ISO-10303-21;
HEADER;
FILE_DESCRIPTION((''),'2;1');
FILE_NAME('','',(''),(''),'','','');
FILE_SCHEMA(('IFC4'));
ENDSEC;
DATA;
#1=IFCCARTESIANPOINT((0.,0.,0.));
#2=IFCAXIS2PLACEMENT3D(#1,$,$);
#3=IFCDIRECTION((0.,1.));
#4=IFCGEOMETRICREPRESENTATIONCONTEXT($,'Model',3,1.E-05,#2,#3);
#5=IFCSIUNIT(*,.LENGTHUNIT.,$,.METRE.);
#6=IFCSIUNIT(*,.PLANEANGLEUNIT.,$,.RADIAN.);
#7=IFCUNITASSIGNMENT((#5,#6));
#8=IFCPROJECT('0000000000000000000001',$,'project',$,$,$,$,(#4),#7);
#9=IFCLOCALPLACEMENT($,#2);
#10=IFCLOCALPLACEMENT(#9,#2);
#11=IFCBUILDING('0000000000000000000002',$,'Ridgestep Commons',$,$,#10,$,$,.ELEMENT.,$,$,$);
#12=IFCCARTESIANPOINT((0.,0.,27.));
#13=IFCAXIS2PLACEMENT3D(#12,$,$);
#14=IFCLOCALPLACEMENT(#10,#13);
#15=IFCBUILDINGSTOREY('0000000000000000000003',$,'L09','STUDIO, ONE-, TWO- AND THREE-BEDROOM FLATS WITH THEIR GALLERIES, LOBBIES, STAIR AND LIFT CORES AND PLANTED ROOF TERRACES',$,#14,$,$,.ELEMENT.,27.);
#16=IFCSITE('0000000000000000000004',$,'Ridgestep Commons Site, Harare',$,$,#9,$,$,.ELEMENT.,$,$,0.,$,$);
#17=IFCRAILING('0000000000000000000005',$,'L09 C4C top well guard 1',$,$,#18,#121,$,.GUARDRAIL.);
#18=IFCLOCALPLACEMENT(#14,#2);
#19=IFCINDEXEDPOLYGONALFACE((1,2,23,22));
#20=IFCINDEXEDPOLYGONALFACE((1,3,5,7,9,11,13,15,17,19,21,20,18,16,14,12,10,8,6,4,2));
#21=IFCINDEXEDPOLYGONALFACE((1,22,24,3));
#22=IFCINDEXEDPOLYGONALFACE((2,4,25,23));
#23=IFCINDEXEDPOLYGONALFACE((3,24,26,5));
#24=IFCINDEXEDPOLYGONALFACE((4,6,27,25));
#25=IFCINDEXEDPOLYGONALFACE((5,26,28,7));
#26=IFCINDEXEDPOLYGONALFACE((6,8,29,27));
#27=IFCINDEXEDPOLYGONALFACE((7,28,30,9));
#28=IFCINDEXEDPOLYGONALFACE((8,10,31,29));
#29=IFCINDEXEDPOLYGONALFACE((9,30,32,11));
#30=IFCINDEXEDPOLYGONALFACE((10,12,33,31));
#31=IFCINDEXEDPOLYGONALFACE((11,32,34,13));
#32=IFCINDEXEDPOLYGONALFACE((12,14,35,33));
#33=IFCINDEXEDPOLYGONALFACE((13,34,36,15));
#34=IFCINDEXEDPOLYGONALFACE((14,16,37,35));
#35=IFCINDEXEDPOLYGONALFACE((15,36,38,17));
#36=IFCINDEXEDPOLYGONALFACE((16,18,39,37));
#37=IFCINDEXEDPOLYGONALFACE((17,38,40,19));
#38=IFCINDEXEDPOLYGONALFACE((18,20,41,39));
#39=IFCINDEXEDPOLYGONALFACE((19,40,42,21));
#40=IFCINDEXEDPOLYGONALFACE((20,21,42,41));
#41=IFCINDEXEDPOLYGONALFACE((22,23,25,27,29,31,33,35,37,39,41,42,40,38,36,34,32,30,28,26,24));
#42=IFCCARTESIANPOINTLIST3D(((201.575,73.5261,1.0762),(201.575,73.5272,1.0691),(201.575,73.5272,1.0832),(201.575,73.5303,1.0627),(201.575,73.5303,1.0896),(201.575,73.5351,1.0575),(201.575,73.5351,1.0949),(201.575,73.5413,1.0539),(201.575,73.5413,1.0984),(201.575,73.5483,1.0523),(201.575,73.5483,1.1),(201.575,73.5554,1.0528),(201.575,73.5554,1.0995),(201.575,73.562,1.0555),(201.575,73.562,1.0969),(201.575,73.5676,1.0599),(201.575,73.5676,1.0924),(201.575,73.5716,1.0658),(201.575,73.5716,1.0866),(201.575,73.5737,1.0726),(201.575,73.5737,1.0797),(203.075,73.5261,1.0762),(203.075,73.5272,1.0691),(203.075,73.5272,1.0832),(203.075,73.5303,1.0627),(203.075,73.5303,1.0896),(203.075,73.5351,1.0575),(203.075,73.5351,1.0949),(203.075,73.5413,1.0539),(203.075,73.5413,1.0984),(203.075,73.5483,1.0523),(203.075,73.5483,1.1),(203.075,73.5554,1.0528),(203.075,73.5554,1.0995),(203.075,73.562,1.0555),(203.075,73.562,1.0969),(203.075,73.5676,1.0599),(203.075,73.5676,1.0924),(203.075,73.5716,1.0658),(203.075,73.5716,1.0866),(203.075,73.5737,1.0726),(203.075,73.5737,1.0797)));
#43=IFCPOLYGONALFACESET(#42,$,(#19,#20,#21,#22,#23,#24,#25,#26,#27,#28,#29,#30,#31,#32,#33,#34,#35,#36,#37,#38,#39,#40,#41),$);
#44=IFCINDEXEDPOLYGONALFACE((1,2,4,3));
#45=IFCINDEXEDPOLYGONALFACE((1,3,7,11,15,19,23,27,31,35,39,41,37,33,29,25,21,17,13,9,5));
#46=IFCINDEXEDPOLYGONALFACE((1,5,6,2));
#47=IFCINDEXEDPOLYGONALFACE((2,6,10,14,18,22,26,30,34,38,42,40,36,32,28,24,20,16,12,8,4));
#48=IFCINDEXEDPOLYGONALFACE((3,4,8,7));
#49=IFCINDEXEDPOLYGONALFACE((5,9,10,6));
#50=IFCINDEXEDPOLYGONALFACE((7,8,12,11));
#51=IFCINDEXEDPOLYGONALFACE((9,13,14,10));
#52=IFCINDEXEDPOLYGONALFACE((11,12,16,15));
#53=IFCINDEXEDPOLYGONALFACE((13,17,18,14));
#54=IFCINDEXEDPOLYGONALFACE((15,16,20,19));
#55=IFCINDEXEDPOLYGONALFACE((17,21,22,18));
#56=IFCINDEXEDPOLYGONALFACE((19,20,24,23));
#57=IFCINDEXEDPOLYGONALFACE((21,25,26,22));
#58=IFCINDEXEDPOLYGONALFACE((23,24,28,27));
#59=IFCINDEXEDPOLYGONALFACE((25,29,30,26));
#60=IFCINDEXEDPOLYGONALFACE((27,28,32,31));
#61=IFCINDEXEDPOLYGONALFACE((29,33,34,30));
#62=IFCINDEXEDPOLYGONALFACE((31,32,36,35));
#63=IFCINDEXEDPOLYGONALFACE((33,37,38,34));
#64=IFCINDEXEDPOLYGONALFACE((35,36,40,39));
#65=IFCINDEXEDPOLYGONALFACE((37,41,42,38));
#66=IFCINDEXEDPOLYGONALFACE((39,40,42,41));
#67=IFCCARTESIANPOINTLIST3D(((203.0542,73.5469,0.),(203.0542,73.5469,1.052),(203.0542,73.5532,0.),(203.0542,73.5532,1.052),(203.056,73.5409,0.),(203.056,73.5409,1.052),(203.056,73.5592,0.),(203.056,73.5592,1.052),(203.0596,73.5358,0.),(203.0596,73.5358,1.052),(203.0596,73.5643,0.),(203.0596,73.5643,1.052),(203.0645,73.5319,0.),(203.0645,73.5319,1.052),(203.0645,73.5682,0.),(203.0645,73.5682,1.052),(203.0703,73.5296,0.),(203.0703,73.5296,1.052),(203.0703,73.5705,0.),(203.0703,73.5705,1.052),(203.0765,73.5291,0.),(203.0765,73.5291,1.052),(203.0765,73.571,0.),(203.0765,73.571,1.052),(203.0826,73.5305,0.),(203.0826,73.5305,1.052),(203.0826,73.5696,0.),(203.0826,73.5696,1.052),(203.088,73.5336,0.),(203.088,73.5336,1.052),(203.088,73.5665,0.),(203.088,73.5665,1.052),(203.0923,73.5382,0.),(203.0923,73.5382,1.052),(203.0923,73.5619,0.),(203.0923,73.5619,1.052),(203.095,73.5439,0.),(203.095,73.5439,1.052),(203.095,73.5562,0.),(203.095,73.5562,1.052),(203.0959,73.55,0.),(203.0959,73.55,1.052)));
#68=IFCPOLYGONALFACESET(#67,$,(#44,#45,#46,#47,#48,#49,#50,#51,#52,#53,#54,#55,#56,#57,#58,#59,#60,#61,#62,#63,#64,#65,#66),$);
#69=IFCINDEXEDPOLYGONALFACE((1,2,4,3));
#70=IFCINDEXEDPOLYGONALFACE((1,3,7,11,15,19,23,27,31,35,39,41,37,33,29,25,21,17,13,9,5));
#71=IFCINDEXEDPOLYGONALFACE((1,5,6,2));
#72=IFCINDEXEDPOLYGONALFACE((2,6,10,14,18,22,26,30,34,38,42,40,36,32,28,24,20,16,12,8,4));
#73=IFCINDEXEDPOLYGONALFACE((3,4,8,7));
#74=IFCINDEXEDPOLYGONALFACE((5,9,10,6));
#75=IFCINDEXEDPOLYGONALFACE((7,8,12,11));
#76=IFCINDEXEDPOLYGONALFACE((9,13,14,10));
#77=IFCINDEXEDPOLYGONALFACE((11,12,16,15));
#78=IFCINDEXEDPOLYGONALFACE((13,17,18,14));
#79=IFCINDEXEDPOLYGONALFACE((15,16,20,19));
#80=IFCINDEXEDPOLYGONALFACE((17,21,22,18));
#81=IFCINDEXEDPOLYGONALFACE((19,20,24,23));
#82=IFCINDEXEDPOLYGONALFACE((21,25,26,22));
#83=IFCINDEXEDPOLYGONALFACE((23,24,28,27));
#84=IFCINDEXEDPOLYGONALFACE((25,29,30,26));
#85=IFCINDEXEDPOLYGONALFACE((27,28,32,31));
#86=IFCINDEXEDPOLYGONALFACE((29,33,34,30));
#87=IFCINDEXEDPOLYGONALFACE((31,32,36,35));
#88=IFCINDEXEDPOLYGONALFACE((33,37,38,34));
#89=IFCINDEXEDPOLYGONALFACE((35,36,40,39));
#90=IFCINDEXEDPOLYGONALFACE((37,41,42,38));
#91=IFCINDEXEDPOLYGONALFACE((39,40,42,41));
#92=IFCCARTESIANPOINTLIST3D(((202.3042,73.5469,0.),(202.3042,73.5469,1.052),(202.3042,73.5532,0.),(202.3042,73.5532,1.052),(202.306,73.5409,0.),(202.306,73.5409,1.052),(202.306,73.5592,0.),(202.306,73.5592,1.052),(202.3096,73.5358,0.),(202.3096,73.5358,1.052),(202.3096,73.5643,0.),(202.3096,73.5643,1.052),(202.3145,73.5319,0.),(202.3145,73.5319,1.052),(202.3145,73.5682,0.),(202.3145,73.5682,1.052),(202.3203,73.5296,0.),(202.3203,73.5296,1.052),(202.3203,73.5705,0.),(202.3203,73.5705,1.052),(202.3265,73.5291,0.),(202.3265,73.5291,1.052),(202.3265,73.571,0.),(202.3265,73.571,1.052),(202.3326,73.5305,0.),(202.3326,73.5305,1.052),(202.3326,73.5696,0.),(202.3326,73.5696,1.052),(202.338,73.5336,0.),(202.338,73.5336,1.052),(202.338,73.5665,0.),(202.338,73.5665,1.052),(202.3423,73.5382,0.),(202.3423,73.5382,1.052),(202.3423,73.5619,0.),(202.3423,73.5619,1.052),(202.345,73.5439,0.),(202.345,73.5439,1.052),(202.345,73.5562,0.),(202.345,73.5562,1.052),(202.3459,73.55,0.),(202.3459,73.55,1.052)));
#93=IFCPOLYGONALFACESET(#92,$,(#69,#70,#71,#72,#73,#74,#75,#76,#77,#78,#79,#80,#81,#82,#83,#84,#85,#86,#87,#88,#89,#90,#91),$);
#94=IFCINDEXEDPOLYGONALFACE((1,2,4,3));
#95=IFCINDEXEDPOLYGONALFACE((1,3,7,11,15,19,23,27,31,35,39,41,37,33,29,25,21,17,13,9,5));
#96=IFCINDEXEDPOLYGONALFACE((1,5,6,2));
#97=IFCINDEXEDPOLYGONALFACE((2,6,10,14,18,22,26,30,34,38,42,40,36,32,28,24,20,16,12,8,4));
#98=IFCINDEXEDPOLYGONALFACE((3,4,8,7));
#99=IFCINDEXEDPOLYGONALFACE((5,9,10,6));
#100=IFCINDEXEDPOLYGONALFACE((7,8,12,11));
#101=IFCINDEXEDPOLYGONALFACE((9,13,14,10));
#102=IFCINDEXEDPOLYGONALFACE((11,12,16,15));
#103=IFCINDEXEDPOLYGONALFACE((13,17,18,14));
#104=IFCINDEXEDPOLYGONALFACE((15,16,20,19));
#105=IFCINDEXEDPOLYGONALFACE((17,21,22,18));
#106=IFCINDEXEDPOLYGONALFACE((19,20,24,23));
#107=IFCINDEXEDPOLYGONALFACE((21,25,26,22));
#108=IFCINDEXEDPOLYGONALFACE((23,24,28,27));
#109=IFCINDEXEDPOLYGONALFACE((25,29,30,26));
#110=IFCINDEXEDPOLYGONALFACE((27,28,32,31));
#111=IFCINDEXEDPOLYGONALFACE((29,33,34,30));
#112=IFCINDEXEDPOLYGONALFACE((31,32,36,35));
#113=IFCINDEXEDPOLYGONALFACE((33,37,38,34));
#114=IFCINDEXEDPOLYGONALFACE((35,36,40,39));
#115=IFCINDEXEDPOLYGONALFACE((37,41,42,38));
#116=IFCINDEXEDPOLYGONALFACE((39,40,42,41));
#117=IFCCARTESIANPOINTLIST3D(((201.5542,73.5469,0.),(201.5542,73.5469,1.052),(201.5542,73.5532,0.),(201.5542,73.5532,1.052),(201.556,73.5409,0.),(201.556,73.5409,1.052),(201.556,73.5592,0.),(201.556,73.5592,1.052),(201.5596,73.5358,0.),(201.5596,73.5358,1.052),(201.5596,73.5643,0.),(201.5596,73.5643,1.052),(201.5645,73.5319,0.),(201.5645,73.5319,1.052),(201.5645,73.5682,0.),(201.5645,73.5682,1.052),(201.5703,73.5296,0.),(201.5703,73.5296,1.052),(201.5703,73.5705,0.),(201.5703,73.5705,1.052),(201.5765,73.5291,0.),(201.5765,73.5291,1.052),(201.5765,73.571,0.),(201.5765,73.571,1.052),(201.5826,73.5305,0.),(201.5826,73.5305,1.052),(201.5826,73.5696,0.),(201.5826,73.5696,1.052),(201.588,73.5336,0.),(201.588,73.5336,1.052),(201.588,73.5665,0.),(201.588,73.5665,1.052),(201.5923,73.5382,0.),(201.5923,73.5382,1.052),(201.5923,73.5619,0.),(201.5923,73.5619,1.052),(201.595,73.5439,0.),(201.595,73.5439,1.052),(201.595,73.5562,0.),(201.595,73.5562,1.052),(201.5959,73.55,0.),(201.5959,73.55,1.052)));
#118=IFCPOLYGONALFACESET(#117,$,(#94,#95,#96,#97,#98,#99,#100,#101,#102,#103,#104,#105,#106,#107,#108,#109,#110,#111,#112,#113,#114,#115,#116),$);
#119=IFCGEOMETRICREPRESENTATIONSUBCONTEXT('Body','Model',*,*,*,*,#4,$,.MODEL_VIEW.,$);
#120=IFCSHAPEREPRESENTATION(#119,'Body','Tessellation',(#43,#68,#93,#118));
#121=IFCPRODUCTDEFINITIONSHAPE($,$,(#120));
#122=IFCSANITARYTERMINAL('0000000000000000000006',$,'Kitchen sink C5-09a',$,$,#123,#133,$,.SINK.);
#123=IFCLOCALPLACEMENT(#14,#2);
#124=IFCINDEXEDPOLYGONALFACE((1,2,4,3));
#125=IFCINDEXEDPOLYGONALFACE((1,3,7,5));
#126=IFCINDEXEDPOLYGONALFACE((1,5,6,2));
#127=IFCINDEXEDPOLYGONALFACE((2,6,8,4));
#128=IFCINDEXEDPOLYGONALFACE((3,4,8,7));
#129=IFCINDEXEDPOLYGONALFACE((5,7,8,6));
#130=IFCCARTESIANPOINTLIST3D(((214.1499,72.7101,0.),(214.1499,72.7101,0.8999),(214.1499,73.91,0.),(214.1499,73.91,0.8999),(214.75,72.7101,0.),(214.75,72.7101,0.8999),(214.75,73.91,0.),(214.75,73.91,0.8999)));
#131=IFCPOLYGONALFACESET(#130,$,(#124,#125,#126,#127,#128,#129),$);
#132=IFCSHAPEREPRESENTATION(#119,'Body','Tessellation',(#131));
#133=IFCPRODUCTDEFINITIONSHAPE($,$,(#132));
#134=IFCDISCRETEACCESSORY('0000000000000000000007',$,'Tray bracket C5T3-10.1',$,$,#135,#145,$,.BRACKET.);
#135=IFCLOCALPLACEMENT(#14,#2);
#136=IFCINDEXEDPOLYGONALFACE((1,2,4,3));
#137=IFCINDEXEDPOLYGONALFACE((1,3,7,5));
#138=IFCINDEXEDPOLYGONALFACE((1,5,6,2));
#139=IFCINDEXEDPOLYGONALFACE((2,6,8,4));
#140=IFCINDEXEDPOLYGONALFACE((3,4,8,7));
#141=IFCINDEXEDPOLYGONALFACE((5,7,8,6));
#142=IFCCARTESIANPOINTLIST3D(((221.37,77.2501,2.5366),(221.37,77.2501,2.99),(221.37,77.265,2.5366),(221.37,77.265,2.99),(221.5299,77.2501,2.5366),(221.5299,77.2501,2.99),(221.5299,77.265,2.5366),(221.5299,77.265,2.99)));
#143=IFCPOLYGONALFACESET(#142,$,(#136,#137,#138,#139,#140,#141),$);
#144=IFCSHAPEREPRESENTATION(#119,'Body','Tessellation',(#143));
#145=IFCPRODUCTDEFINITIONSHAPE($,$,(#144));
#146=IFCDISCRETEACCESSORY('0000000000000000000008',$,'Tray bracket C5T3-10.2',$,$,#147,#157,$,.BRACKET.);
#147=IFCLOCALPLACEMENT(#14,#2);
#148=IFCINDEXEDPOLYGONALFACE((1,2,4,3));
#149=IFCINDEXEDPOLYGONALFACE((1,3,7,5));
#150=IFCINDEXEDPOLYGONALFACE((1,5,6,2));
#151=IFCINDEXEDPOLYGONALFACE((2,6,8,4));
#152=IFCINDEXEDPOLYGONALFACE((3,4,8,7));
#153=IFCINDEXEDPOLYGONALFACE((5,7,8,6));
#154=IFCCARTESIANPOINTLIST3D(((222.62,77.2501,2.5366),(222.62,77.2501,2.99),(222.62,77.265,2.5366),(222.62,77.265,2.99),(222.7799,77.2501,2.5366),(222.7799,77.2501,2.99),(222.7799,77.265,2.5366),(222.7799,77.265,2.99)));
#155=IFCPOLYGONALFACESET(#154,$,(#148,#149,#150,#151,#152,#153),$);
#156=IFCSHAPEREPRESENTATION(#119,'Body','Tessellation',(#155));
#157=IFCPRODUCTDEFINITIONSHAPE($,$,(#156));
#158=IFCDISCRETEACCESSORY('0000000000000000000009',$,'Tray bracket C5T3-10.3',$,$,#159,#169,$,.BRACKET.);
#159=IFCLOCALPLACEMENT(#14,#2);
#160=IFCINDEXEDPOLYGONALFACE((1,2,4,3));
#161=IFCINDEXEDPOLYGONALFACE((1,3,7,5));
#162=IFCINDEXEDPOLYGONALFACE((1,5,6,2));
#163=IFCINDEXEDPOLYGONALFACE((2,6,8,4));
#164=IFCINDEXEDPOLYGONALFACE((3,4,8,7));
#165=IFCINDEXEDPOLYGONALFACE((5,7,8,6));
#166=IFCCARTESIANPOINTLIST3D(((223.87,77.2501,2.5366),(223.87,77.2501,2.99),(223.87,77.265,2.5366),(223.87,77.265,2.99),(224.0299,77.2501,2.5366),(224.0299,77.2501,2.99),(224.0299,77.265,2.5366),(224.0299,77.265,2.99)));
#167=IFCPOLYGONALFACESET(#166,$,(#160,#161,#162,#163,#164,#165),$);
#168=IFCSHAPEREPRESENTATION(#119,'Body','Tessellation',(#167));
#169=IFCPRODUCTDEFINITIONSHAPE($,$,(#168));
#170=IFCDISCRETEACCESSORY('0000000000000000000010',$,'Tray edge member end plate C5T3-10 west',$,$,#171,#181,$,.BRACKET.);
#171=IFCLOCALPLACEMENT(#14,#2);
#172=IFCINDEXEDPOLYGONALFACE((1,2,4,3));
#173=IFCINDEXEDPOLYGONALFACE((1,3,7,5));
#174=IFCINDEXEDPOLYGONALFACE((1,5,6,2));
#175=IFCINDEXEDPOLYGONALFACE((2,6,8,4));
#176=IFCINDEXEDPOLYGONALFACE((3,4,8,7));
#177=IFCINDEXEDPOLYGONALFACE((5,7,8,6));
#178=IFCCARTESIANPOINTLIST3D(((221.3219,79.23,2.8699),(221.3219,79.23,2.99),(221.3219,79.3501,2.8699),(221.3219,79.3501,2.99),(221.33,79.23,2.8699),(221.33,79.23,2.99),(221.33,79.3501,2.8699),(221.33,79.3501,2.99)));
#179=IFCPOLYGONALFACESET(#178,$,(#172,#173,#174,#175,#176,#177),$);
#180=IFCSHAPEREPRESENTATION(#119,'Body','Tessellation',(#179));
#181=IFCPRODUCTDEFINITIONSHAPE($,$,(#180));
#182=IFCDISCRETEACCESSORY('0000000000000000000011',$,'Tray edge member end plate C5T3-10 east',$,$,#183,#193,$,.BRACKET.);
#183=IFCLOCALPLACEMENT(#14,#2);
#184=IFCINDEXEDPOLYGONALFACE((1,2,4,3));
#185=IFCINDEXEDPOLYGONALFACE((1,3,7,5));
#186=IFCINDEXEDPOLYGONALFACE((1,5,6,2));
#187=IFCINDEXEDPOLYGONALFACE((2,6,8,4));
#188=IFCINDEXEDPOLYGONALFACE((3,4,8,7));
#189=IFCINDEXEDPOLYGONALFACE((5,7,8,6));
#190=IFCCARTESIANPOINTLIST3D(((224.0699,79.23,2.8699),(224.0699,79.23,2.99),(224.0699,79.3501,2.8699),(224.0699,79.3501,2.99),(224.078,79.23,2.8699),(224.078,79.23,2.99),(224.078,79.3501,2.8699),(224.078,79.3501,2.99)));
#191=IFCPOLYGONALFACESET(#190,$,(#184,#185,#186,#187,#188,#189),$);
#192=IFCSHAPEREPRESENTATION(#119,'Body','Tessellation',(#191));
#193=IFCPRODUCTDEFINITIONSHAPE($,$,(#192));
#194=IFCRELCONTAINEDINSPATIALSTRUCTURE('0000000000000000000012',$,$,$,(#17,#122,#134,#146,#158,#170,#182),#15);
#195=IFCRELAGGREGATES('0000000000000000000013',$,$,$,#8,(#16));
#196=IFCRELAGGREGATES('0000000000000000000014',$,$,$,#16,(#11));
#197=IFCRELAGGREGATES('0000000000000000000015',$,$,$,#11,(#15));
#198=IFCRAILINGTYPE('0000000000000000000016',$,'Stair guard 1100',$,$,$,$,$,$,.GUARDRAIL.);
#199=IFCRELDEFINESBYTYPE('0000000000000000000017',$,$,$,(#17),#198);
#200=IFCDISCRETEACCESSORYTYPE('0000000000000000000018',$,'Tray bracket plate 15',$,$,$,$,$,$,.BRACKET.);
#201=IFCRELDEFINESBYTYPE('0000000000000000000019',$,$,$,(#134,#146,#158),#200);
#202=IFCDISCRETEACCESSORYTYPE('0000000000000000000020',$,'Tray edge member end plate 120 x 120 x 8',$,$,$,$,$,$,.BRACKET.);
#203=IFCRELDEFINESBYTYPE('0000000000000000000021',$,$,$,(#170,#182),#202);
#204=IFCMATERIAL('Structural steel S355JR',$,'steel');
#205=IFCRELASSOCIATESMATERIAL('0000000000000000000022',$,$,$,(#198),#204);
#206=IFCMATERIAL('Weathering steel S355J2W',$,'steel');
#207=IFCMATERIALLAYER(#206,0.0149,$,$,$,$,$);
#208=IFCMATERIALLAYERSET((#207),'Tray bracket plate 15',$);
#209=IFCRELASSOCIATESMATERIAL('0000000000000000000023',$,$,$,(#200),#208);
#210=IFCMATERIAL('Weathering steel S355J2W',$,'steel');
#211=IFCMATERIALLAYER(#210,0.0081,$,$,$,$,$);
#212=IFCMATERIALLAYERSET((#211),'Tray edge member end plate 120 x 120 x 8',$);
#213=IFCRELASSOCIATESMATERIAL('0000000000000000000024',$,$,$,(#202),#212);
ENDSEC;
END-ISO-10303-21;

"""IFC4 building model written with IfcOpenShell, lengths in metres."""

from ifc_helpers import new_model, si_unit, direction, frame, origin, origin_2d, place, context, subcontext, project, spatial, rectangle, circle, extrude, material, layer, layer_set, type_object, element, save


model = new_model("IFC4")

# Units and contexts
model_context = context("Model", 3, precision=1e-05, world=origin(), true_north=direction((0.0, 1.0)))
body_context = subcontext(model_context, "Body", "Model", "MODEL_VIEW")
ifc_project = project(units=[si_unit("LENGTHUNIT", "METRE"), si_unit("PLANEANGLEUNIT", "RADIAN")], contexts=[model_context])

# Site, building, storey
site_placement = place(None, origin())
site = spatial("IfcSite", under=ifc_project, at=site_placement, Name="Ridgestep Commons Site, Harare", CompositionType="ELEMENT", RefElevation=0.0)
building_placement = place(site_placement, origin())
building = spatial("IfcBuilding", under=site, at=building_placement, Name="Ridgestep Commons", CompositionType="ELEMENT")
storey_placement = place(building_placement, frame((0.0, 0.0, 27.0)))
storey = spatial("IfcBuildingStorey", under=building, at=storey_placement, Name="L09", Description="STUDIO, ONE-, TWO- AND THREE-BEDROOM FLATS WITH THEIR GALLERIES, LOBBIES, STAIR AND LIFT CORES AND PLANTED ROOF TERRACES", CompositionType="ELEMENT", Elevation=27.0)

# Railing
ifc_material_1 = material(Name="Structural steel S355JR", Category="steel")
railing_type = type_object("IfcRailingType", Name="Stair guard 1100", PredefinedType="GUARDRAIL", material=ifc_material_1)
railing_placement = place(storey_placement, frame((203.075, 73.55, 0.0)))
element("IfcRailing", 1, at=railing_placement, inside=storey, type_object=railing_type, Name="L09 C4C top well guard 1", PredefinedType="GUARDRAIL", context=body_context, shape_type="SweptSolid", body=[
    extrude(circle(Radius=0.0239, at=origin_2d()), frame((0.0, 0.0, 1.0762), z_axis=(-1.0, 0.0, 0.0), x_axis=(0.0, -1.0, 0.0)), (0.0, 0.0, 1.0), 1.5),
    extrude(circle(Radius=0.021, at=origin_2d()), origin(), (0.0, 0.0, 1.0), 1.052),
    extrude(circle(Radius=0.021, at=origin_2d()), frame((-0.75, 0.0, 0.0)), (0.0, 0.0, 1.0), 1.052),
    extrude(circle(Radius=0.021, at=origin_2d()), frame((-1.5, 0.0, 0.0)), (0.0, 0.0, 1.0), 1.052),
])

# Sanitary terminal
sanitary_terminal_placement = place(storey_placement, frame((214.45, 73.3101, 0.0), z_axis=(0.0, 0.0, 1.0), x_axis=(1.0, 0.0, 0.0)))
element("IfcSanitaryTerminal", 2, at=sanitary_terminal_placement, inside=storey, Name="Kitchen sink C5-09a", PredefinedType="SINK", context=body_context, shape_type="SweptSolid", body=[
    extrude(rectangle(XDim=0.6001, YDim=1.2, at=origin_2d()), origin(), (0.0, 0.0, 1.0), 0.8999),
])

# Discrete accessories
ifc_material_2 = material(Name="Weathering steel S355J2W", Category="steel")
ifc_layer_1 = layer(ifc_material_2, 0.0149)
ifc_layer_set_1 = layer_set([ifc_layer_1], Name="Tray bracket plate 15")
discrete_accessory_type_1 = type_object("IfcDiscreteAccessoryType", Name="Tray bracket plate 15", PredefinedType="BRACKET", material=ifc_layer_set_1)
for number, where, z_axis, x_axis, name in (
    (3, (221.45, 77.2576, 2.5366), (0.0, 0.0, 1.0), (1.0, 0.0, 0.0), "Tray bracket C5T3-10.1"),
    (4, (222.7, 77.2576, 2.5366), (0.0, 0.0, 1.0), (1.0, 0.0, 0.0), "Tray bracket C5T3-10.2"),
    (5, (223.95, 77.2576, 2.5366), (0.0, 0.0, 1.0), (1.0, 0.0, 0.0), "Tray bracket C5T3-10.3"),
):
    element("IfcDiscreteAccessory", number, at=place(storey_placement, frame(where, z_axis=z_axis, x_axis=x_axis)), inside=storey, type_object=discrete_accessory_type_1, Name=name, PredefinedType="BRACKET", context=body_context, shape_type="SweptSolid", body=[
        extrude(rectangle(XDim=0.1599, YDim=0.0149, at=origin_2d()), origin(), (0.0, 0.0, 1.0), 0.4534),
    ])
ifc_material_3 = material(Name="Weathering steel S355J2W", Category="steel")
ifc_layer_2 = layer(ifc_material_3, 0.0081)
ifc_layer_set_2 = layer_set([ifc_layer_2], Name="Tray edge member end plate 120 x 120 x 8")
discrete_accessory_type_2 = type_object("IfcDiscreteAccessoryType", Name="Tray edge member end plate 120 x 120 x 8", PredefinedType="BRACKET", material=ifc_layer_set_2)
for number, where, z_axis, x_axis, name in (
    (6, (221.3259, 79.29, 2.8699), (0.0, 0.0, 1.0), (1.0, 0.0, 0.0), "Tray edge member end plate C5T3-10 west"),
    (7, (224.074, 79.29, 2.8699), (0.0, 0.0, 1.0), (1.0, 0.0, 0.0), "Tray edge member end plate C5T3-10 east"),
):
    element("IfcDiscreteAccessory", number, at=place(storey_placement, frame(where, z_axis=z_axis, x_axis=x_axis)), inside=storey, type_object=discrete_accessory_type_2, Name=name, PredefinedType="BRACKET", context=body_context, shape_type="SweptSolid", body=[
        extrude(rectangle(XDim=0.0081, YDim=0.1201, at=origin_2d()), origin(), (0.0, 0.0, 1.0), 0.1201),
    ])

save(model, "model.ifc")
